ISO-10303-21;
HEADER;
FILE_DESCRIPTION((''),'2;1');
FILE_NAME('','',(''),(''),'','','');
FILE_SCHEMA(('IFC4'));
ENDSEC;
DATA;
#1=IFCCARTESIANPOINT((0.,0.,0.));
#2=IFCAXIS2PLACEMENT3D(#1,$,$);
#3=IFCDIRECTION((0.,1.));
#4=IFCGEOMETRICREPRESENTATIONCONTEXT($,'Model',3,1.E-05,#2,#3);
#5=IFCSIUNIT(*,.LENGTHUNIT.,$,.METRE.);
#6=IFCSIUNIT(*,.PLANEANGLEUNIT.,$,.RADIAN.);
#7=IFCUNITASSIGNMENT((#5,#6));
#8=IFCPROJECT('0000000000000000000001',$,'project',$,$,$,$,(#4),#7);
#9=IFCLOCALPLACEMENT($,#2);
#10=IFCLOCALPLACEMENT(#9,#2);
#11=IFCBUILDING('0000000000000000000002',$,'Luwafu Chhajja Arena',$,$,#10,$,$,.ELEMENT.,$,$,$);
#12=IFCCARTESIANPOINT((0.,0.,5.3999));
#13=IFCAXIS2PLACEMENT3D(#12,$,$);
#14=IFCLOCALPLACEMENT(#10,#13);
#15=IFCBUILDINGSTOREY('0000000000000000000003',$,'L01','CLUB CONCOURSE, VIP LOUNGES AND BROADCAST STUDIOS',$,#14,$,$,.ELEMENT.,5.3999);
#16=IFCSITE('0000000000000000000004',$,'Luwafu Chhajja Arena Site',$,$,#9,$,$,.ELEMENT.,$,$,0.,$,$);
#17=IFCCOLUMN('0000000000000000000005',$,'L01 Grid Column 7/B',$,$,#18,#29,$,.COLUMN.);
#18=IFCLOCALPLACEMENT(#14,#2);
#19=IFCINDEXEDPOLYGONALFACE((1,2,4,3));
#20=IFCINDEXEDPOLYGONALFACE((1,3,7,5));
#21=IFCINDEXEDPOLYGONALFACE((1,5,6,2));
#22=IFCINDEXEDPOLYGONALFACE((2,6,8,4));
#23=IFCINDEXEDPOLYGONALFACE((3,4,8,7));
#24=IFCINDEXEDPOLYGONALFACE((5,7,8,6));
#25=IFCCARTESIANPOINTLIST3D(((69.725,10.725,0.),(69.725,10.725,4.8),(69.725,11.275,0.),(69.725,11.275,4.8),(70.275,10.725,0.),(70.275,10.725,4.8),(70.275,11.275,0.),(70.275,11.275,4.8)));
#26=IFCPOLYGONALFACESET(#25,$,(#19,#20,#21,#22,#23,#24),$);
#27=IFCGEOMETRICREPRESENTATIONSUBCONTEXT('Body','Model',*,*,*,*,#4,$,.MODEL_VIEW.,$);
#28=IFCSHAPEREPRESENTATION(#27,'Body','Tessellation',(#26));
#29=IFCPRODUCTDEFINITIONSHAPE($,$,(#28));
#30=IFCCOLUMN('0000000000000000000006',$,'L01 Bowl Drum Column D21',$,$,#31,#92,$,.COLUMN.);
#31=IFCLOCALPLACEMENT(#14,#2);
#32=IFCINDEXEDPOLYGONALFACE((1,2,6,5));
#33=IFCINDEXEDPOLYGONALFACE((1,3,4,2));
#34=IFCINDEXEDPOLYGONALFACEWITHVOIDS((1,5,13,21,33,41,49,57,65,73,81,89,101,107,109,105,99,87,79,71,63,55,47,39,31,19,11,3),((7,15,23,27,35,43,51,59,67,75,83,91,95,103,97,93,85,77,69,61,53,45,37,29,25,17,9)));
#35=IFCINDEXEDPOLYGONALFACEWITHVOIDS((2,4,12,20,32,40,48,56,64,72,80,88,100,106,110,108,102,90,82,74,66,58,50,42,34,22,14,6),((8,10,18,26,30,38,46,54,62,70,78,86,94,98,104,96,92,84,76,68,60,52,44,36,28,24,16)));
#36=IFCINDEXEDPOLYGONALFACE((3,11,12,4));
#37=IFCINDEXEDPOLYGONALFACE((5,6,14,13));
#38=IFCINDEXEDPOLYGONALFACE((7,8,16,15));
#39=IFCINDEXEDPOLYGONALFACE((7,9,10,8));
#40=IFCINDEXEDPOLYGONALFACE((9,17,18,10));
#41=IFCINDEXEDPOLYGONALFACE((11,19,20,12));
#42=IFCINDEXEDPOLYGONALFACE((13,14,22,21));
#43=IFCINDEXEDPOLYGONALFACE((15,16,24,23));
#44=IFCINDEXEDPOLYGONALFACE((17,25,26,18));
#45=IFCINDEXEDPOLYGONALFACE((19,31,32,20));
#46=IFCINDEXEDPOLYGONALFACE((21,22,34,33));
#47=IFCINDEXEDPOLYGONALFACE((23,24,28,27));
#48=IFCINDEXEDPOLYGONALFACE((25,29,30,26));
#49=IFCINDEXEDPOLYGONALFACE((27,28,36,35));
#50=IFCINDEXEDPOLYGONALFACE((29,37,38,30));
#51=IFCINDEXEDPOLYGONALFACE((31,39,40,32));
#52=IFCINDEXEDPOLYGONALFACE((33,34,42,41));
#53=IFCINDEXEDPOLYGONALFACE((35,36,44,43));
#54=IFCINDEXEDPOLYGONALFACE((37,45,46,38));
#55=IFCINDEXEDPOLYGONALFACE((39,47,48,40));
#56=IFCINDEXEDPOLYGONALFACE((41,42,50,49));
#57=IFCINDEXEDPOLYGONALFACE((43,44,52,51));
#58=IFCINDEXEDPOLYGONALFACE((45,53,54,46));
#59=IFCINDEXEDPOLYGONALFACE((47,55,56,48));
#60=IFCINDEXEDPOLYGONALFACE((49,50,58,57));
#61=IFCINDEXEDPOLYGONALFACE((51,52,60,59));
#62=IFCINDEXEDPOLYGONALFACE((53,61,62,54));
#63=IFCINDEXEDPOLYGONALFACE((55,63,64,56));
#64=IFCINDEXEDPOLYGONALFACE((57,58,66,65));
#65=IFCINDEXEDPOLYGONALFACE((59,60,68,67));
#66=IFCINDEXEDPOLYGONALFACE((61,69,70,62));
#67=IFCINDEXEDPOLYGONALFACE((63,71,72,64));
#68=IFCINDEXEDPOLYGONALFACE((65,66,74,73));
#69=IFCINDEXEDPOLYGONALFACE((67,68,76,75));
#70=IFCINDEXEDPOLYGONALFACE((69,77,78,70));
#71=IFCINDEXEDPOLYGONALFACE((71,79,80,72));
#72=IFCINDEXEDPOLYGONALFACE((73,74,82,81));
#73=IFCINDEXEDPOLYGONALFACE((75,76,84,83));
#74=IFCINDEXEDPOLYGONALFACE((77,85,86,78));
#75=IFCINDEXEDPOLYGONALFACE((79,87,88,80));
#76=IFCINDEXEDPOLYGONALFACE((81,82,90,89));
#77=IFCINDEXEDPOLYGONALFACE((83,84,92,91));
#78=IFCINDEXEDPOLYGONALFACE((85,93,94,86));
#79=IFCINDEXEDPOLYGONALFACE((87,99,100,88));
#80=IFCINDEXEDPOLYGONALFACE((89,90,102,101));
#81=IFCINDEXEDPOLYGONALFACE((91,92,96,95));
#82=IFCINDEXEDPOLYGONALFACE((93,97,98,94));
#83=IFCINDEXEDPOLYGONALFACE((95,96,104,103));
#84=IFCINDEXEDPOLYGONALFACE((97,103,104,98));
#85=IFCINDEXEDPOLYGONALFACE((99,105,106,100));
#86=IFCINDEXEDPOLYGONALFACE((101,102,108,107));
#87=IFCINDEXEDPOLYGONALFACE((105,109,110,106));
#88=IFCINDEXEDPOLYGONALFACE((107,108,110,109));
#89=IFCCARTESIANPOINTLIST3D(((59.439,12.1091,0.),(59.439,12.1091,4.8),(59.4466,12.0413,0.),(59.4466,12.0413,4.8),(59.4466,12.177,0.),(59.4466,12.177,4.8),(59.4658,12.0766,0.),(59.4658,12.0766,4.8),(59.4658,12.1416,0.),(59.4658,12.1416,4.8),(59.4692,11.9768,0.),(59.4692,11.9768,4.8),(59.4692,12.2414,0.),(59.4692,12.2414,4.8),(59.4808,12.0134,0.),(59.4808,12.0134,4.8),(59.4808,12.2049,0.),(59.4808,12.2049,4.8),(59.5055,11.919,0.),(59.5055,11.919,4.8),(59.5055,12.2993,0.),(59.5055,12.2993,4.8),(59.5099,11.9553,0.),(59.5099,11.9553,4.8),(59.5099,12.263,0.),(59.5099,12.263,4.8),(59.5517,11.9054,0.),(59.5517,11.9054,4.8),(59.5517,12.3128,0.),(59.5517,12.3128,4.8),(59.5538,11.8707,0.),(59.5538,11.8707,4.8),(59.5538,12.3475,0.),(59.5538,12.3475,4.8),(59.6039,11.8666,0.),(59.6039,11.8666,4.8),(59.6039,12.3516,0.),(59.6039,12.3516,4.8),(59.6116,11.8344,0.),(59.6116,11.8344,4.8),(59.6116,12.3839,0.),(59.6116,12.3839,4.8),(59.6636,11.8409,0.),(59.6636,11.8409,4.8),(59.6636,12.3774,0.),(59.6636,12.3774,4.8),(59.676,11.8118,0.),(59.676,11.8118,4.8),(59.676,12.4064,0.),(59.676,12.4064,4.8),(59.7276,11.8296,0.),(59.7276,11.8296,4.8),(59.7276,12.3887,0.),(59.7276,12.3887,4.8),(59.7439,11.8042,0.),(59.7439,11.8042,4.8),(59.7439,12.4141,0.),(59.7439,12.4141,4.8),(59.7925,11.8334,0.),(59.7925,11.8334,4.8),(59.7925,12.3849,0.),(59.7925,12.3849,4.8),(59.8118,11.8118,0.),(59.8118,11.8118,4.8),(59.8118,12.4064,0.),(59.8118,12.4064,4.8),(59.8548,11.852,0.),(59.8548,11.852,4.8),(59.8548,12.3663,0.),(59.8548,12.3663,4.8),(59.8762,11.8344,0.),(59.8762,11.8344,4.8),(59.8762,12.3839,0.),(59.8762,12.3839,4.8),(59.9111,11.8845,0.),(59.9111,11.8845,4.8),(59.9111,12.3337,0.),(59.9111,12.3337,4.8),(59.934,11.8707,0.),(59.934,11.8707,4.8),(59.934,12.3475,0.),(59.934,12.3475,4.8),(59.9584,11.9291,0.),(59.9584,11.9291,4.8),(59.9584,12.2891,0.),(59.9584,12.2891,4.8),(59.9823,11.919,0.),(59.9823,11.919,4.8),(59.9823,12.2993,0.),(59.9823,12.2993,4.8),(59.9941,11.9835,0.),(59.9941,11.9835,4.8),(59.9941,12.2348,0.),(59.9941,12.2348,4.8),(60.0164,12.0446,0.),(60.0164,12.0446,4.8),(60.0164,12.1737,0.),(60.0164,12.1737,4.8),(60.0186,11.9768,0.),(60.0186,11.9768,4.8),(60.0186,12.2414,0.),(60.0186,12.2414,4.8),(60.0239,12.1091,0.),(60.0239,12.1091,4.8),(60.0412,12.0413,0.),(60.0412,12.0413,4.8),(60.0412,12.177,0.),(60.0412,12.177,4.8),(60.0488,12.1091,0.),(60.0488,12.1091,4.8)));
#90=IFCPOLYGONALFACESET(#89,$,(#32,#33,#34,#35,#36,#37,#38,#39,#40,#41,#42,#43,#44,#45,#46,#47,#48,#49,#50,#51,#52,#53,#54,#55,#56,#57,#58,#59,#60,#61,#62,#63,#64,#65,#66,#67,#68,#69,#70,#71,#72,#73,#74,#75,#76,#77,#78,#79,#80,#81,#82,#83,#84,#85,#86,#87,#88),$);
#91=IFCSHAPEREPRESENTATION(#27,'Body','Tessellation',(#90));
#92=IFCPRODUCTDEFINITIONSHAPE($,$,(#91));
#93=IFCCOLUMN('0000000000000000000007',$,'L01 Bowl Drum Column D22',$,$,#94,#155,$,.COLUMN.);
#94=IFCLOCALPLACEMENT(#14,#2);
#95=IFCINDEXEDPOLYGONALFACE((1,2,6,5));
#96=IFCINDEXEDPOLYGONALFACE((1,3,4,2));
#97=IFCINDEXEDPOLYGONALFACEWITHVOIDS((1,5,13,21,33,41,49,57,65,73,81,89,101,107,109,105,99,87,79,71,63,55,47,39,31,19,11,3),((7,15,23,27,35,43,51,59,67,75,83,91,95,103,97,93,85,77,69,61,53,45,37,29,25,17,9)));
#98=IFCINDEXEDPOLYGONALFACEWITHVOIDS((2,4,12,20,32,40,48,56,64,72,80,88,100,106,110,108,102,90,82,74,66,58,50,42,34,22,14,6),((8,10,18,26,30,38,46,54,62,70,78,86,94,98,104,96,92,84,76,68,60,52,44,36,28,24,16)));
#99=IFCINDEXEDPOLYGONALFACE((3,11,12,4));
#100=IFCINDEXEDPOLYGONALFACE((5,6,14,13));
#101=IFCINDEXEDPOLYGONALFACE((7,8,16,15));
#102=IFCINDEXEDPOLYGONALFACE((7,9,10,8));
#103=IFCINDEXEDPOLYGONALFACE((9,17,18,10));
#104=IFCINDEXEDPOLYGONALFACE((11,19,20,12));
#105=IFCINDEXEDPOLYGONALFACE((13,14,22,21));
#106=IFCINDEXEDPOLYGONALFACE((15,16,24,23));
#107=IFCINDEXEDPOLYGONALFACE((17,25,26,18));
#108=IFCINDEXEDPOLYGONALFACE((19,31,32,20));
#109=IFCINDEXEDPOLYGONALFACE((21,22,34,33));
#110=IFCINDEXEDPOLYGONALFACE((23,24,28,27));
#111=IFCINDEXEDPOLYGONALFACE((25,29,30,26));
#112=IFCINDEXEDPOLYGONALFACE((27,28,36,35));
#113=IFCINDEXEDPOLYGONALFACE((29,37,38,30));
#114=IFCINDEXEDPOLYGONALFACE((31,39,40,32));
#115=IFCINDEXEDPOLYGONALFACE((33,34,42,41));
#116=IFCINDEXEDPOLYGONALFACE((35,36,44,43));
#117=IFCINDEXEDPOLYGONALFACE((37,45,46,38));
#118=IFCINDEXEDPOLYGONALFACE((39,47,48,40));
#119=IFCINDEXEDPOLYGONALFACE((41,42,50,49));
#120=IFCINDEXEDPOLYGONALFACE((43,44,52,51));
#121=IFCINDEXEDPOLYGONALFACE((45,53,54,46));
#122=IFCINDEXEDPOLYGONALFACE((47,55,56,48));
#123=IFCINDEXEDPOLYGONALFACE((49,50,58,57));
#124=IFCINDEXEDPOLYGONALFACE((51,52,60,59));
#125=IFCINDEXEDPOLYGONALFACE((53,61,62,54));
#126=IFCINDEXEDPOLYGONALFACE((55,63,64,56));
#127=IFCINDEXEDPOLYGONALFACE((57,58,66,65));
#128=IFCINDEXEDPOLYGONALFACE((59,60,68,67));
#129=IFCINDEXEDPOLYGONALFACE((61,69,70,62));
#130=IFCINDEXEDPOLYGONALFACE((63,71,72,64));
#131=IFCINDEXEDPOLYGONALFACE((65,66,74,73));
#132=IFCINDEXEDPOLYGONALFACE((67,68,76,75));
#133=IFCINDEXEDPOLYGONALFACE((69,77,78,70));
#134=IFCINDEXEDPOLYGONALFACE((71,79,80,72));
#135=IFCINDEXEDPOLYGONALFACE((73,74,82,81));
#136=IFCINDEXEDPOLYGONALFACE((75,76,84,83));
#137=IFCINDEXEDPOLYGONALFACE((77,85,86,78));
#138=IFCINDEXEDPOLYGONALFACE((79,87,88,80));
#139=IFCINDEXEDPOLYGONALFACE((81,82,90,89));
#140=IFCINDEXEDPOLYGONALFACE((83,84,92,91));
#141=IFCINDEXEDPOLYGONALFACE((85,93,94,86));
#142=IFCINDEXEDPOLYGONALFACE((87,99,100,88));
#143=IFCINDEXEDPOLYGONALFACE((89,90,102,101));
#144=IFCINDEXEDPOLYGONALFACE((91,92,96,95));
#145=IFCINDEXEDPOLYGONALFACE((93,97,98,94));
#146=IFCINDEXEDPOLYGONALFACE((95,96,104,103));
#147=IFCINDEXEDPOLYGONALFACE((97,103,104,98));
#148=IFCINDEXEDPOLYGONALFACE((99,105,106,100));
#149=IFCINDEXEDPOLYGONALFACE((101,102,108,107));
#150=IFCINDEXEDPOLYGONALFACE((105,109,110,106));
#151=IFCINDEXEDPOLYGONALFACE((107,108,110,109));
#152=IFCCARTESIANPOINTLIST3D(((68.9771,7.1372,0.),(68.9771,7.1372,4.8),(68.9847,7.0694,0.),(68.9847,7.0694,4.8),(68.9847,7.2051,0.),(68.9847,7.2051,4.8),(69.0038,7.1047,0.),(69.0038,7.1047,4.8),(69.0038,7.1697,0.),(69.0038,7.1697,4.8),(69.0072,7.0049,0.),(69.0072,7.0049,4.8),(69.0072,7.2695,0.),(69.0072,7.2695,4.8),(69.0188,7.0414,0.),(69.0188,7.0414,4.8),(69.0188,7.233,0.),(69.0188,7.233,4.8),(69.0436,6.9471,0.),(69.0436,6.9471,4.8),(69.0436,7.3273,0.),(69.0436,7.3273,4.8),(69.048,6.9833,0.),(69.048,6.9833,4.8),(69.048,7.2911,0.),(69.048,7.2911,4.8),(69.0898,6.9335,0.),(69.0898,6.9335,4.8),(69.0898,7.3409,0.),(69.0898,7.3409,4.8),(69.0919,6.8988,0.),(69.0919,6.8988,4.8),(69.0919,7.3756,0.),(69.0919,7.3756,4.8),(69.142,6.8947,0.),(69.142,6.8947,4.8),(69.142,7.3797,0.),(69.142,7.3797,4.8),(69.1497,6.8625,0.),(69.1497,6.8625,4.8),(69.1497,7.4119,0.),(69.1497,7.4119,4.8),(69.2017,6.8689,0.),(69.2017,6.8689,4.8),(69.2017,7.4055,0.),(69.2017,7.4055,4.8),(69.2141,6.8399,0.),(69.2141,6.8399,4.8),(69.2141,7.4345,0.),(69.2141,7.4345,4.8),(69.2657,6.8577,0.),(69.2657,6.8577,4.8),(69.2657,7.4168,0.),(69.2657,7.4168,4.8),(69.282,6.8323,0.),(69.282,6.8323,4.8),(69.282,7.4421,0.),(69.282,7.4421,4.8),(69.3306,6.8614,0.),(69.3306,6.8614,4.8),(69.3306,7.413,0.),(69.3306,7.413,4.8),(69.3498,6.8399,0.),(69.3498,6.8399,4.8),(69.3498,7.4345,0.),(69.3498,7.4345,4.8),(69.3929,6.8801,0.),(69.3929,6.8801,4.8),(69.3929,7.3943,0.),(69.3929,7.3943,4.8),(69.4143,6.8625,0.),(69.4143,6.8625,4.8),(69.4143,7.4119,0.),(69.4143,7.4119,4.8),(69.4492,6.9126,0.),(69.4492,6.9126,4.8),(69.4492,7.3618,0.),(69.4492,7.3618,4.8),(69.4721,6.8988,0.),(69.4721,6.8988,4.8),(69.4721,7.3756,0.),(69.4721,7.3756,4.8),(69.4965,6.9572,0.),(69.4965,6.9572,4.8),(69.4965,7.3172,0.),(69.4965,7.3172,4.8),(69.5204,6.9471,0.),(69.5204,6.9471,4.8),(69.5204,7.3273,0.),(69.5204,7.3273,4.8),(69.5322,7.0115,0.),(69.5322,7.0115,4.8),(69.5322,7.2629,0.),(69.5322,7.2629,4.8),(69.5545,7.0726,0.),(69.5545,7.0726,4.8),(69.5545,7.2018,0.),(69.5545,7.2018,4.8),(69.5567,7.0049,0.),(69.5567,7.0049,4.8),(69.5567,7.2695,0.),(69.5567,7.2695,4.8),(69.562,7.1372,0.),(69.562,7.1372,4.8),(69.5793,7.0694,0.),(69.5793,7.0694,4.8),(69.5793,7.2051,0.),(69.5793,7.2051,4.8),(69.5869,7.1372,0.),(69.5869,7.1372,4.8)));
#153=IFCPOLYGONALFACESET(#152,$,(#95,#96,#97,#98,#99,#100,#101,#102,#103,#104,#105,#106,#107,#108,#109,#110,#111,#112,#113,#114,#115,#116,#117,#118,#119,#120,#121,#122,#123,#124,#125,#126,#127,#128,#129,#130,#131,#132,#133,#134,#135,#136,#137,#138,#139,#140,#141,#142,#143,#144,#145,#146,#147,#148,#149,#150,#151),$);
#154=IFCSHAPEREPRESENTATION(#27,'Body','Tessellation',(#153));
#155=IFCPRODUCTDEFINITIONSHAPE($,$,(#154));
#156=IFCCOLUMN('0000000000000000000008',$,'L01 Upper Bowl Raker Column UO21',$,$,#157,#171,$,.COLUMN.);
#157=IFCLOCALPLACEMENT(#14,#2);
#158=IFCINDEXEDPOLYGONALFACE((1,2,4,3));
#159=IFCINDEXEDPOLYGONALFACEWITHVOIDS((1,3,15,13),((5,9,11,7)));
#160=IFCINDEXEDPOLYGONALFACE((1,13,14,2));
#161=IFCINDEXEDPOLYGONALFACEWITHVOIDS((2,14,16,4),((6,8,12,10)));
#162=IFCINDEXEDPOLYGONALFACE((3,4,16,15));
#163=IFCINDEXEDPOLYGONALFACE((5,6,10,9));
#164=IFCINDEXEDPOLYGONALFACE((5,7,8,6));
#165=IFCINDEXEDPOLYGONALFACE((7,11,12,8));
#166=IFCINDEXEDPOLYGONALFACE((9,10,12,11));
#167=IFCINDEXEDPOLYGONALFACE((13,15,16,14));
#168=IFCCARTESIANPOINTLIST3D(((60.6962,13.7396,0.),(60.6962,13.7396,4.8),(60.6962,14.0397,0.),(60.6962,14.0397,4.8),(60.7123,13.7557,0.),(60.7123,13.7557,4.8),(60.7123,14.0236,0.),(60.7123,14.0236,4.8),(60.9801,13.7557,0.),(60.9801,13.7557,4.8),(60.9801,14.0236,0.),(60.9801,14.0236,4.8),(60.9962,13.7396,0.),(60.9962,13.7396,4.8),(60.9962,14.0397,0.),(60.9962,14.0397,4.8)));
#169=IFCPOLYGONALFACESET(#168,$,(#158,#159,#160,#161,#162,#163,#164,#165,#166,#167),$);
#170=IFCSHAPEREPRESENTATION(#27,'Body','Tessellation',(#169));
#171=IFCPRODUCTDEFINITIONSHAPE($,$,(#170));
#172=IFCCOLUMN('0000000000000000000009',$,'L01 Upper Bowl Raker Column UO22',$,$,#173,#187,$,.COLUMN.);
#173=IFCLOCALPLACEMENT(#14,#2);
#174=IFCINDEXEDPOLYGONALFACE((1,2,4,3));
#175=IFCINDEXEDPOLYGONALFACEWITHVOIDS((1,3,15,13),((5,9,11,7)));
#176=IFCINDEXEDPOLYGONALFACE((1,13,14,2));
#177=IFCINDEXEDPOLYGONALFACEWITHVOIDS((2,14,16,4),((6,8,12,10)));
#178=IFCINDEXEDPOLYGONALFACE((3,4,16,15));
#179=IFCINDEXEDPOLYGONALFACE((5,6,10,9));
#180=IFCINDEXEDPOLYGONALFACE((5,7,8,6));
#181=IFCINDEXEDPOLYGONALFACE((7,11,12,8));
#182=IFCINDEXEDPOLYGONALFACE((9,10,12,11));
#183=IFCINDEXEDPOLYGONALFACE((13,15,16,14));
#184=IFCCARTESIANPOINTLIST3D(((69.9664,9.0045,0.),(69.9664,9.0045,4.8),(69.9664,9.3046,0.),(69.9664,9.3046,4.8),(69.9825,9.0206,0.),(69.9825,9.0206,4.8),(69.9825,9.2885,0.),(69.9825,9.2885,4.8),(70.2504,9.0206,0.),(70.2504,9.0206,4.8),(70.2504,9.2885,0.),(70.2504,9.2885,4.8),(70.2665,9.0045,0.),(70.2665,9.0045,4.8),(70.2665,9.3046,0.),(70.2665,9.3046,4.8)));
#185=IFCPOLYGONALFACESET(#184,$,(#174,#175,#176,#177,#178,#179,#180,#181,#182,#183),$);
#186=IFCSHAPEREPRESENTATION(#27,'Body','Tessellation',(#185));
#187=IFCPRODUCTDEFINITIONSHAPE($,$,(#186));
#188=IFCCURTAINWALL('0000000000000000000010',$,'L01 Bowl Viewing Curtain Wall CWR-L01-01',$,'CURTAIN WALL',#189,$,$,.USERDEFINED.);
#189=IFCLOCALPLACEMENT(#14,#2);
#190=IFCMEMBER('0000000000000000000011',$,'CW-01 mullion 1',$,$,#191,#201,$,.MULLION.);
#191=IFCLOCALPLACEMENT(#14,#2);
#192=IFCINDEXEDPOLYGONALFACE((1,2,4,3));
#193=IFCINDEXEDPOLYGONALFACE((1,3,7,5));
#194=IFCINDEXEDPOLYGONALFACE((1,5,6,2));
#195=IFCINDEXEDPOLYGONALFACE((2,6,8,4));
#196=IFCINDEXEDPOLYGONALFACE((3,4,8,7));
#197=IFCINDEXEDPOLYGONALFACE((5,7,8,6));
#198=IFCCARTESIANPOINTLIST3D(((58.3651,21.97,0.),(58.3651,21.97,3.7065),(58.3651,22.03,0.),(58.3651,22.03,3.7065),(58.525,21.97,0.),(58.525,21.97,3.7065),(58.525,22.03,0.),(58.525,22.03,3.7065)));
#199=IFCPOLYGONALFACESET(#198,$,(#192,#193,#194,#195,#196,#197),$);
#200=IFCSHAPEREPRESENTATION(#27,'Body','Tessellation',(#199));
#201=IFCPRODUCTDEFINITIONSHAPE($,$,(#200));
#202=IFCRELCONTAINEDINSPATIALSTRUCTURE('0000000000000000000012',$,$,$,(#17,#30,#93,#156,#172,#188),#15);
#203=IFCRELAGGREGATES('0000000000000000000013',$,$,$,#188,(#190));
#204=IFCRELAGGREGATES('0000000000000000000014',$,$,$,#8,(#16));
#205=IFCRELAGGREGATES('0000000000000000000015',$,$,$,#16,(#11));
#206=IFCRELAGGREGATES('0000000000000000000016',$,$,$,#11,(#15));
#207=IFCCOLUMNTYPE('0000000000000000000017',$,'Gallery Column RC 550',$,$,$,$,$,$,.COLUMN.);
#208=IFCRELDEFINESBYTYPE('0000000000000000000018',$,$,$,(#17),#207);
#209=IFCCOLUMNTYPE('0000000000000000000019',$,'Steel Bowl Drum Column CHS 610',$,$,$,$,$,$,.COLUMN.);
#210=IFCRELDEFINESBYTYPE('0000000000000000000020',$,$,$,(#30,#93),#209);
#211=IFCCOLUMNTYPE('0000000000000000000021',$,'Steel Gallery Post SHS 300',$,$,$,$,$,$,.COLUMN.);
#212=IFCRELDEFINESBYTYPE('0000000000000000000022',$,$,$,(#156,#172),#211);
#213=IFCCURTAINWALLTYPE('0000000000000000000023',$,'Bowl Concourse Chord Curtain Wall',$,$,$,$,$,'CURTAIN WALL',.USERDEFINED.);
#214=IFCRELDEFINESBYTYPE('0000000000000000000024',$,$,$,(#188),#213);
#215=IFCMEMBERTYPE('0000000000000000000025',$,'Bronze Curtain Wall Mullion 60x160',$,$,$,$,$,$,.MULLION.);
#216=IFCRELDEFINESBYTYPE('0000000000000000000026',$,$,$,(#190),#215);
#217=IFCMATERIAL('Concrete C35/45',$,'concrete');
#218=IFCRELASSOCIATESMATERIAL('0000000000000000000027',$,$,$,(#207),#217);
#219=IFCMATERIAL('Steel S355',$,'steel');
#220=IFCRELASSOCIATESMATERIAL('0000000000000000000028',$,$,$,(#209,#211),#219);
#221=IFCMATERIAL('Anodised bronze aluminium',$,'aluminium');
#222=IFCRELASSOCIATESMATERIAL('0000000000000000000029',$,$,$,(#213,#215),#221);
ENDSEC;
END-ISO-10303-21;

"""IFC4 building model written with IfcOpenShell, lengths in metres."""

from ifc_helpers import new_model, si_unit, direction, frame, origin, origin_2d, place, context, subcontext, project, spatial, rectangle, hollow_rectangle, hollow_circle, extrude, material, material_profile, profile_set, type_object, element, aggregate, save


model = new_model("IFC4")

# Units and contexts
model_context = context("Model", 3, precision=1e-05, world=origin(), true_north=direction((0.0, 1.0)))
body_context = subcontext(model_context, "Body", "Model", "MODEL_VIEW")
ifc_project = project(units=[si_unit("LENGTHUNIT", "METRE"), si_unit("PLANEANGLEUNIT", "RADIAN")], contexts=[model_context])

# Site, building, storey
site_placement = place(None, origin())
site = spatial("IfcSite", under=ifc_project, at=site_placement, Name="Luwafu Chhajja Arena Site", CompositionType="ELEMENT", RefElevation=0.0)
building_placement = place(site_placement, origin())
building = spatial("IfcBuilding", under=site, at=building_placement, Name="Luwafu Chhajja Arena", CompositionType="ELEMENT")
storey_placement = place(building_placement, frame((0.0, 0.0, 5.3999)))
storey = spatial("IfcBuildingStorey", under=building, at=storey_placement, Name="L01", Description="CLUB CONCOURSE, VIP LOUNGES AND BROADCAST STUDIOS", CompositionType="ELEMENT", Elevation=5.3999)

# Columns
ifc_material_1 = material(Name="Concrete C35/45", Category="concrete")
ifc_material_profile_1 = material_profile(ifc_material_1, rectangle(XDim=0.55, YDim=0.55, at=origin_2d()), Name="RC 550x550")
ifc_profile_set_1 = profile_set([ifc_material_profile_1], Name="Concrete C35/45")
column_type_1 = type_object("IfcColumnType", Name="Gallery Column RC 550", PredefinedType="COLUMN", material=ifc_profile_set_1)
column_placement = place(storey_placement, frame((70.0, 11.0, 0.0), z_axis=(0.0, 0.0, 1.0), x_axis=(1.0, 0.0, 0.0)))
element("IfcColumn", 1, at=column_placement, inside=storey, type_object=column_type_1, Name="L01 Grid Column 7/B", PredefinedType="COLUMN", context=body_context, shape_type="SweptSolid", body=[
    extrude(rectangle(XDim=0.55, YDim=0.55, at=origin_2d()), origin(), (0.0, 0.0, 1.0), 4.8),
])
ifc_material_2 = material(Name="Steel S355", Category="steel")
ifc_material_profile_2 = material_profile(ifc_material_2, hollow_circle(Radius=0.3049, WallThickness=0.0249, at=origin_2d()), Name="CHS 610x25")
ifc_profile_set_2 = profile_set([ifc_material_profile_2], Name="Steel S355")
column_type_2 = type_object("IfcColumnType", Name="Steel Bowl Drum Column CHS 610", PredefinedType="COLUMN", material=ifc_profile_set_2)
for number, where, z_axis, x_axis, name in (
    (2, (59.7439, 12.1091, 0.0), (0.0, 0.0, 1.0), (1.0, 0.0, 0.0), "L01 Bowl Drum Column D21"),
    (3, (69.282, 7.1372, 0.0), (0.0, 0.0, 1.0), (1.0, 0.0, 0.0), "L01 Bowl Drum Column D22"),
):
    element("IfcColumn", number, at=place(storey_placement, frame(where, z_axis=z_axis, x_axis=x_axis)), inside=storey, type_object=column_type_2, Name=name, PredefinedType="COLUMN", context=body_context, shape_type="SweptSolid", body=[
        extrude(hollow_circle(Radius=0.3049, WallThickness=0.0249, at=origin_2d()), origin(), (0.0, 0.0, 1.0), 4.8),
    ])
ifc_material_profile_3 = material_profile(ifc_material_2, hollow_rectangle(XDim=0.3, YDim=0.3, WallThickness=0.0161, at=origin_2d()), Name="SHS 300x300x16")
ifc_profile_set_3 = profile_set([ifc_material_profile_3], Name="Steel S355")
column_type_3 = type_object("IfcColumnType", Name="Steel Gallery Post SHS 300", PredefinedType="COLUMN", material=ifc_profile_set_3)
for number, where, z_axis, x_axis, name in (
    (4, (60.8462, 13.8896, 0.0), (0.0, 0.0, 1.0), (1.0, 0.0, 0.0), "L01 Upper Bowl Raker Column UO21"),
    (5, (70.1165, 9.1545, 0.0), (0.0, 0.0, 1.0), (1.0, 0.0, 0.0), "L01 Upper Bowl Raker Column UO22"),
):
    element("IfcColumn", number, at=place(storey_placement, frame(where, z_axis=z_axis, x_axis=x_axis)), inside=storey, type_object=column_type_3, Name=name, PredefinedType="COLUMN", context=body_context, shape_type="SweptSolid", body=[
        extrude(hollow_rectangle(XDim=0.3, YDim=0.3, WallThickness=0.0161, at=origin_2d()), origin(), (0.0, 0.0, 1.0), 4.8),
    ])

# Curtain wall, member
ifc_material_3 = material(Name="Anodised bronze aluminium", Category="aluminium")
curtain_wall_type = type_object("IfcCurtainWallType", Name="Bowl Concourse Chord Curtain Wall", ElementType="CURTAIN WALL", PredefinedType="USERDEFINED", material=ifc_material_3)
curtain_wall_placement = place(storey_placement, origin())
curtain_wall = element("IfcCurtainWall", 6, at=curtain_wall_placement, inside=storey, type_object=curtain_wall_type, Name="L01 Bowl Viewing Curtain Wall CWR-L01-01", ObjectType="CURTAIN WALL", PredefinedType="USERDEFINED")
ifc_material_profile_4 = material_profile(ifc_material_3, rectangle(XDim=0.0601, YDim=0.1599, at=origin_2d()), Name="CWM 60x160")
ifc_profile_set_4 = profile_set([ifc_material_profile_4], Name="Anodised bronze aluminium")
member_type_1 = type_object("IfcMemberType", Name="Bronze Curtain Wall Mullion 60x160", PredefinedType="MULLION", material=ifc_profile_set_4)
member_1_placement = place(storey_placement, frame((58.4451, 22.0, 0.0), z_axis=(0.0, 0.0, 1.0), x_axis=(0.0, 1.0, 0.0)))
member_1 = element("IfcMember", 7, at=member_1_placement, type_object=member_type_1, Name="CW-01 mullion 1", PredefinedType="MULLION", context=body_context, shape_type="SweptSolid", body=[
    extrude(rectangle(XDim=0.0601, YDim=0.1599, at=origin_2d()), origin(), (0.0, 0.0, 1.0), 3.7065),
])

aggregate(curtain_wall, [member_1])

save(model, "model.ifc")
